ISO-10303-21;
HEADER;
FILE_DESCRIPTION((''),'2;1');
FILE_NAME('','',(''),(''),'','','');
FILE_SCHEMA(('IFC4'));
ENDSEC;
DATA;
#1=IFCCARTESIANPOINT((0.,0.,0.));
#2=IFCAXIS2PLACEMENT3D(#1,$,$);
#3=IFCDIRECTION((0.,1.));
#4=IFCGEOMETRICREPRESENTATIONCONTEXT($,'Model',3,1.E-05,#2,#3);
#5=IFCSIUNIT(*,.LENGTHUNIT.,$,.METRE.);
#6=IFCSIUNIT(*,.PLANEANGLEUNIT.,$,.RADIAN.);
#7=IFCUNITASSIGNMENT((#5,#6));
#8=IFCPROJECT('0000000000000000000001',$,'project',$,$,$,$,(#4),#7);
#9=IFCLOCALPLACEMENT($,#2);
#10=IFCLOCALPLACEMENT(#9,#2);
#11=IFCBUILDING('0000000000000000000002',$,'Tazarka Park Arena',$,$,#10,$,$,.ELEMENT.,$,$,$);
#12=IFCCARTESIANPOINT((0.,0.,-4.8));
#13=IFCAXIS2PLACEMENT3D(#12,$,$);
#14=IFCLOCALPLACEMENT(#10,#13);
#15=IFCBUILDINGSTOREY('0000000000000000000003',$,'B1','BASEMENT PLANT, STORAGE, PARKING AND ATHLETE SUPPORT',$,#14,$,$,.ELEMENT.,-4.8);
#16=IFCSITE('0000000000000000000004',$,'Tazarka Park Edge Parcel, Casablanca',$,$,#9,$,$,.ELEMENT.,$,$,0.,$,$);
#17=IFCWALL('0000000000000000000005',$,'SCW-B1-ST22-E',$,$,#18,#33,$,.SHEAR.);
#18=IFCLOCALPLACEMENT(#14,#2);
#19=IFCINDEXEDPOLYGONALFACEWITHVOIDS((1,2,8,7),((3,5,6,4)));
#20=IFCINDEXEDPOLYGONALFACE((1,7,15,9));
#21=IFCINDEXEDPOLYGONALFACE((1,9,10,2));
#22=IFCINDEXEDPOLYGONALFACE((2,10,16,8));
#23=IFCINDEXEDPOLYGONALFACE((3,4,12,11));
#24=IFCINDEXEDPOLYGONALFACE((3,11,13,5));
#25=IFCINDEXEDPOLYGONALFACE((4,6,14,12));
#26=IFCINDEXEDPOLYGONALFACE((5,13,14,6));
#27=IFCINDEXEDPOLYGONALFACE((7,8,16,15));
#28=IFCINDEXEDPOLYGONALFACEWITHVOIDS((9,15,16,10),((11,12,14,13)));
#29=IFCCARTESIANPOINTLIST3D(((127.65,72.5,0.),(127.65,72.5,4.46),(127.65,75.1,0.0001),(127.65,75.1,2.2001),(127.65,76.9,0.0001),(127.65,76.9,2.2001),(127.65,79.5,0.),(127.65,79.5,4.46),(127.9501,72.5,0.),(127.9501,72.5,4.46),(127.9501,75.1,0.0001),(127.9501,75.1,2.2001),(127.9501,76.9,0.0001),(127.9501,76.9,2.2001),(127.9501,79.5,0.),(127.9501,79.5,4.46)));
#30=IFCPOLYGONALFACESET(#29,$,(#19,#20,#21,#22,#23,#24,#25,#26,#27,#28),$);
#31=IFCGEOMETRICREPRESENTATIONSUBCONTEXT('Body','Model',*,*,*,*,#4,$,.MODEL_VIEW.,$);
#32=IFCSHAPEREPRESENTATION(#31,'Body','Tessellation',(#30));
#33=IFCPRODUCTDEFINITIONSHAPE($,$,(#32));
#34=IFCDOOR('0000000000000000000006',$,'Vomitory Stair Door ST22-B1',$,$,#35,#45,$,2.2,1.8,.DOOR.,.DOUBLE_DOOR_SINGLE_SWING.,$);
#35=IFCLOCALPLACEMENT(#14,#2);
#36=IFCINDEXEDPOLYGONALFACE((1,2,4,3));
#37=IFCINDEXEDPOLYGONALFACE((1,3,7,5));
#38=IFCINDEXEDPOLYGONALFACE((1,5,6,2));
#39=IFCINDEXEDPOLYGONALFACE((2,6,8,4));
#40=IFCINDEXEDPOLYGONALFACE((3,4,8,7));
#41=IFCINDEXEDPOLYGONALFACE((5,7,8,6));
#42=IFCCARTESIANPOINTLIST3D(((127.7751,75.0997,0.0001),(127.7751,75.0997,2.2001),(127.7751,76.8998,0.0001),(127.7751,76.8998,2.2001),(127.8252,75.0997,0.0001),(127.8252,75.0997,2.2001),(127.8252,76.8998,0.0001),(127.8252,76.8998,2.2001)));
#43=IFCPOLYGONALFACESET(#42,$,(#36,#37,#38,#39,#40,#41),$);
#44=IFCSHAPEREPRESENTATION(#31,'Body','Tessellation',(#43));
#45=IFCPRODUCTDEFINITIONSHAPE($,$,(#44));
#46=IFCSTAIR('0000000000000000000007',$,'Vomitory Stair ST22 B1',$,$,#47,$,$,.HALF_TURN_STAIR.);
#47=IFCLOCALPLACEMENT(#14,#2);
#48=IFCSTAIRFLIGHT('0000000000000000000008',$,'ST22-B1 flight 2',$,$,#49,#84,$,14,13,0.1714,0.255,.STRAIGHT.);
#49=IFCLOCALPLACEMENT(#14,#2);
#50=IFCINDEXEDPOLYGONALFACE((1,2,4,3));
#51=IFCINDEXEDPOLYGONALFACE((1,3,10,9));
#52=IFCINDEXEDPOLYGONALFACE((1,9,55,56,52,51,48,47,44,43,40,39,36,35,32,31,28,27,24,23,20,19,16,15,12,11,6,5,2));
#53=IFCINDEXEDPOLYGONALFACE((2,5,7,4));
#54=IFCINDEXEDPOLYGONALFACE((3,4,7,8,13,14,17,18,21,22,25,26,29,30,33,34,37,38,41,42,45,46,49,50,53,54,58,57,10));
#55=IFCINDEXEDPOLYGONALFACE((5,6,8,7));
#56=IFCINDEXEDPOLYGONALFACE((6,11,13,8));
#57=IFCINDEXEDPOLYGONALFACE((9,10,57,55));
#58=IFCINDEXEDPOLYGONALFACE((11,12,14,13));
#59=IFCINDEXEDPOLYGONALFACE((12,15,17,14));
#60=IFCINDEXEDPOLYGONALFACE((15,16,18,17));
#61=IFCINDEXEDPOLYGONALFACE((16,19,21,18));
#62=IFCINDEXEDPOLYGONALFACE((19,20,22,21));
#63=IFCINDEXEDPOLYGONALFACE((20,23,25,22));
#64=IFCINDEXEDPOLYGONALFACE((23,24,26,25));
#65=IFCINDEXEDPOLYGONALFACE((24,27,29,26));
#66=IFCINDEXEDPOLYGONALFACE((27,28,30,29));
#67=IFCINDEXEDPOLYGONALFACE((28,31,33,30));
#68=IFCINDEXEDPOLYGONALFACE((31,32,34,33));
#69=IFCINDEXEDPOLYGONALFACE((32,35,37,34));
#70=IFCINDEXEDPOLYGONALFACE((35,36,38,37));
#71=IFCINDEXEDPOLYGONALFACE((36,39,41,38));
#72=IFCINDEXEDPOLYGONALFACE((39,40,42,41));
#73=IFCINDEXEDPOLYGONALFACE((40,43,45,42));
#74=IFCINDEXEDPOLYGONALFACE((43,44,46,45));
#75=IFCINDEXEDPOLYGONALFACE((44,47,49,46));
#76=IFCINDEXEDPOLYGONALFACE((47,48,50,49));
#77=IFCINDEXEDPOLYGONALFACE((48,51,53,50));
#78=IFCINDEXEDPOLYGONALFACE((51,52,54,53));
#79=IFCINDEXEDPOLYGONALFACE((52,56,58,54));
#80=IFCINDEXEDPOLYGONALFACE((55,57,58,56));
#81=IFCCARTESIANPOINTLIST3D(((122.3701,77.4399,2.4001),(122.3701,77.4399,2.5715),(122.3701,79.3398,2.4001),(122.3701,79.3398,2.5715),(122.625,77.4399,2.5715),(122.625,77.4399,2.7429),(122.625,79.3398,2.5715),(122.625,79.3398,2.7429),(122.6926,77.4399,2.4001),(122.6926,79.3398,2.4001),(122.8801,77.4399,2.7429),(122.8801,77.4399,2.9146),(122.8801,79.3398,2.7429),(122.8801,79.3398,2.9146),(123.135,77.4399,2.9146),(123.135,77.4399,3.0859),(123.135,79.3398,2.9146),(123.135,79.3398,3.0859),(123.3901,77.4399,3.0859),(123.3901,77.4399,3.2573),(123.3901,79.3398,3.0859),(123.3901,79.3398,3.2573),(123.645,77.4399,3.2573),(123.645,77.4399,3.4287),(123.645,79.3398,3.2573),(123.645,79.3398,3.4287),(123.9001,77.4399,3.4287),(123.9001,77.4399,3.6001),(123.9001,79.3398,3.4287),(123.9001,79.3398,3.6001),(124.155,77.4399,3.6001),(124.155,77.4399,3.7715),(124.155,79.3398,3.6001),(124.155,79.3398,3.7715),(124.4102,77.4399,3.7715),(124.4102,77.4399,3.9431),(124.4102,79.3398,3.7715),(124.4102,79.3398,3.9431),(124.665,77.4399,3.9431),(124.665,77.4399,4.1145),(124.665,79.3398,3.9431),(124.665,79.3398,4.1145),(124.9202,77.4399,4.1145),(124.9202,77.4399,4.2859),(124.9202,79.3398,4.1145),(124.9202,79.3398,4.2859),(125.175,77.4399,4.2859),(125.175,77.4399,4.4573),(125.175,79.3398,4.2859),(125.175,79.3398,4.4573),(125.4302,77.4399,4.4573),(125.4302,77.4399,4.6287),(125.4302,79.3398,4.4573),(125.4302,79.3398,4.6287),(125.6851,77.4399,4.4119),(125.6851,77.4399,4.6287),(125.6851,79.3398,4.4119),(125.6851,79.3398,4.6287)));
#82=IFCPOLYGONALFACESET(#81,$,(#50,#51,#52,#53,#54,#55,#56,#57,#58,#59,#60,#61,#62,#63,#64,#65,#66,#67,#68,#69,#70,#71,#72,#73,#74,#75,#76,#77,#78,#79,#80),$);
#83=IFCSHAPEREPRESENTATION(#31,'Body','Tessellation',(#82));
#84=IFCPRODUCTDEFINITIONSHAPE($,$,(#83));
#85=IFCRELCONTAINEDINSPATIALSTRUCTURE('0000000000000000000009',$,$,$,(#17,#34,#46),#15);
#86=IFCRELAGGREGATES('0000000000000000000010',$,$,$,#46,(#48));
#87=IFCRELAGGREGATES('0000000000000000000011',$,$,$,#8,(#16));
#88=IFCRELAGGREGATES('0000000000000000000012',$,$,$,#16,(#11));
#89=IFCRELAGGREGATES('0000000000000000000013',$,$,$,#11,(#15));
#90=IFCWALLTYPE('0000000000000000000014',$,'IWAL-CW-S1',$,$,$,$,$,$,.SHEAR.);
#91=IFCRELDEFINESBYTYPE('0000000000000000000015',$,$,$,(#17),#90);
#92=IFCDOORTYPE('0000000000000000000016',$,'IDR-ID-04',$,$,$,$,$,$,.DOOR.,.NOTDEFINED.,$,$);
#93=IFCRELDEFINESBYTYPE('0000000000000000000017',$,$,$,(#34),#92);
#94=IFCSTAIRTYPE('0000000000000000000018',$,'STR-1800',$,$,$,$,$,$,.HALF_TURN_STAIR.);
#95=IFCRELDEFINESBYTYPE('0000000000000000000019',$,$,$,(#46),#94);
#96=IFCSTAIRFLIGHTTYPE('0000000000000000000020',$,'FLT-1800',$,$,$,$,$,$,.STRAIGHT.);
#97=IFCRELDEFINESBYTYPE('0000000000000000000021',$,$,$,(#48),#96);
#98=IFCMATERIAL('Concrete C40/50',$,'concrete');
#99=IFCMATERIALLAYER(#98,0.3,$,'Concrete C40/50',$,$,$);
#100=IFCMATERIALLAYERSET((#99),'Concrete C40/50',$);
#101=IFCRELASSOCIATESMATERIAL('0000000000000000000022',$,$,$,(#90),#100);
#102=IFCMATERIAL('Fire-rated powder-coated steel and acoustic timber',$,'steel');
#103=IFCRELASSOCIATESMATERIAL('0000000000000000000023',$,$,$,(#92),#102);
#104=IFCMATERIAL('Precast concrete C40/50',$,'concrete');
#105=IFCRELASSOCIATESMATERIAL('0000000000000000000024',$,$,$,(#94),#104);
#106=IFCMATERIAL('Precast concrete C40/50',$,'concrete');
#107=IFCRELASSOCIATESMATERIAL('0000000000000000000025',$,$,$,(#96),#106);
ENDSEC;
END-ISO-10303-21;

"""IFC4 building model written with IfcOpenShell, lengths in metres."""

from ifc_helpers import new_model, si_unit, direction, frame, frame_2d, origin, place, context, subcontext, project, spatial, polyline, rectangle, outline, extrude, material, layer, layer_set, type_object, element, fill, aggregate, save


model = new_model("IFC4")

# Units and contexts
model_context = context("Model", 3, precision=1e-05, world=origin(), true_north=direction((0.0, 1.0)))
body_context = subcontext(model_context, "Body", "Model", "MODEL_VIEW")
ifc_project = project(units=[si_unit("LENGTHUNIT", "METRE"), si_unit("PLANEANGLEUNIT", "RADIAN")], contexts=[model_context])

# Site, building, storey
site_placement = place(None, origin())
site = spatial("IfcSite", under=ifc_project, at=site_placement, Name="Tazarka Park Edge Parcel, Casablanca", CompositionType="ELEMENT", RefElevation=0.0)
building_placement = place(site_placement, origin())
building = spatial("IfcBuilding", under=site, at=building_placement, Name="Tazarka Park Arena", CompositionType="ELEMENT")
storey_placement = place(building_placement, frame((0.0, 0.0, -4.8)))
storey = spatial("IfcBuildingStorey", under=building, at=storey_placement, Name="B1", Description="BASEMENT PLANT, STORAGE, PARKING AND ATHLETE SUPPORT", CompositionType="ELEMENT", Elevation=-4.8)

# Shared definitions
ifc_material_1 = material(Name="Concrete C40/50", Category="concrete")
ifc_layer = layer(ifc_material_1, 0.3, Name="Concrete C40/50")
ifc_layer_set = layer_set([ifc_layer], Name="Concrete C40/50")
wall_type = type_object("IfcWallType", Name="IWAL-CW-S1", PredefinedType="SHEAR", material=ifc_layer_set)

# Wall, opening, door
wall_1_placement = place(storey_placement, frame((127.8, 79.5, 0.0), z_axis=(0.0, 0.0, 1.0), x_axis=(0.0, -1.0, 0.0)))
wall_1 = element("IfcWall", 1, at=wall_1_placement, inside=storey, type_object=wall_type, Name="SCW-B1-ST22-E", PredefinedType="SHEAR", context=body_context, shape_type="SweptSolid", body=[
    extrude(rectangle(XDim=7.0, YDim=0.3, at=frame_2d((3.5, 0.0))), origin(), (0.0, 0.0, 1.0), 4.46),
])
opening_placement = place(wall_1_placement, frame((2.6001, 0.0, 0.0)))
opening = element("IfcOpeningElement", 2, at=opening_placement, cuts=wall_1, PredefinedType="OPENING", context=body_context, shape_type="SweptSolid", body=[
    extrude(rectangle(XDim=1.8, YDim=2.2, at=frame_2d((0.8999, 1.1001))), frame((0.0, 0.1602, 0.0), z_axis=(0.0, -1.0, 0.0), x_axis=(1.0, 0.0, 0.0)), (0.0, 0.0, 1.0), 0.3201),
])
ifc_material_2 = material(Name="Fire-rated powder-coated steel and acoustic timber", Category="steel")
door_type = type_object("IfcDoorType", Name="IDR-ID-04", OperationType="NOTDEFINED", PredefinedType="DOOR", material=ifc_material_2)
door_placement = place(opening_placement, frame((1.8, 0.0, 0.0), z_axis=(0.0, 0.0, 1.0), x_axis=(-1.0, 0.0, 0.0)))
door = element("IfcDoor", 3, at=door_placement, inside=storey, type_object=door_type, Name="Vomitory Stair Door ST22-B1", OperationType="DOUBLE_DOOR_SINGLE_SWING", OverallHeight=2.2, OverallWidth=1.8, PredefinedType="DOOR", context=body_context, shape_type="SweptSolid", body=[
    extrude(rectangle(XDim=1.8, YDim=2.2, at=frame_2d((0.8999, 1.1001))), frame((0.0, 0.0249, 0.0), z_axis=(0.0, -1.0, 0.0), x_axis=(1.0, 0.0, 0.0)), (0.0, 0.0, 1.0), 0.05),
])
fill(opening, door)

# Stair, stair flight
ifc_material_3 = material(Name="Precast concrete C40/50", Category="concrete")
stair_type = type_object("IfcStairType", Name="STR-1800", PredefinedType="HALF_TURN_STAIR", material=ifc_material_3)
stair_placement = place(storey_placement, origin())
stair = element("IfcStair", 4, at=stair_placement, inside=storey, type_object=stair_type, Name="Vomitory Stair ST22 B1", PredefinedType="HALF_TURN_STAIR")
ifc_material_4 = material(Name="Precast concrete C40/50", Category="concrete")
stair_flight_type = type_object("IfcStairFlightType", Name="FLT-1800", PredefinedType="STRAIGHT", material=ifc_material_4)
stair_flight_placement = place(storey_placement, frame((122.3701, 78.3899, 2.4001), z_axis=(0.0, 0.0, 1.0), x_axis=(1.0, 0.0, 0.0)))
stair_flight = element("IfcStairFlight", 5, at=stair_flight_placement, type_object=stair_flight_type, Name="ST22-B1 flight 2", NumberOfRisers=14, NumberOfTreads=13, PredefinedType="STRAIGHT", RiserHeight=0.1714, TreadLength=0.255, context=body_context, shape_type="SweptSolid", body=[
    extrude(outline(polyline([(0.0, 0.0), (0.0, 0.1714), (0.2549, 0.1714), (0.2549, 0.3428), (0.51, 0.3428), (0.51, 0.5144), (0.7649, 0.5144), (0.7649, 0.6858), (1.02, 0.6858), (1.02, 0.8572), (1.2749, 0.8572), (1.2749, 1.0286), (1.53, 1.0286), (1.53, 1.2), (1.7849, 1.2), (1.7849, 1.3713), (2.04, 1.3713), (2.04, 1.543), (2.2949, 1.543), (2.2949, 1.7144), (2.55, 1.7144), (2.55, 1.8857), (2.8049, 1.8857), (2.8049, 2.0571), (3.0601, 2.0571), (3.0601, 2.2285), (3.3149, 2.2285), (3.3149, 2.3999), (3.3149, 2.0117), (0.3225, 0.0), (0.0, 0.0)])), frame((0.0, 0.95, 0.0), z_axis=(0.0, -1.0, 0.0), x_axis=(1.0, 0.0, 0.0)), (0.0, 0.0, 1.0), 1.8999),
])
aggregate(stair, [stair_flight])

save(model, "model.ifc")
